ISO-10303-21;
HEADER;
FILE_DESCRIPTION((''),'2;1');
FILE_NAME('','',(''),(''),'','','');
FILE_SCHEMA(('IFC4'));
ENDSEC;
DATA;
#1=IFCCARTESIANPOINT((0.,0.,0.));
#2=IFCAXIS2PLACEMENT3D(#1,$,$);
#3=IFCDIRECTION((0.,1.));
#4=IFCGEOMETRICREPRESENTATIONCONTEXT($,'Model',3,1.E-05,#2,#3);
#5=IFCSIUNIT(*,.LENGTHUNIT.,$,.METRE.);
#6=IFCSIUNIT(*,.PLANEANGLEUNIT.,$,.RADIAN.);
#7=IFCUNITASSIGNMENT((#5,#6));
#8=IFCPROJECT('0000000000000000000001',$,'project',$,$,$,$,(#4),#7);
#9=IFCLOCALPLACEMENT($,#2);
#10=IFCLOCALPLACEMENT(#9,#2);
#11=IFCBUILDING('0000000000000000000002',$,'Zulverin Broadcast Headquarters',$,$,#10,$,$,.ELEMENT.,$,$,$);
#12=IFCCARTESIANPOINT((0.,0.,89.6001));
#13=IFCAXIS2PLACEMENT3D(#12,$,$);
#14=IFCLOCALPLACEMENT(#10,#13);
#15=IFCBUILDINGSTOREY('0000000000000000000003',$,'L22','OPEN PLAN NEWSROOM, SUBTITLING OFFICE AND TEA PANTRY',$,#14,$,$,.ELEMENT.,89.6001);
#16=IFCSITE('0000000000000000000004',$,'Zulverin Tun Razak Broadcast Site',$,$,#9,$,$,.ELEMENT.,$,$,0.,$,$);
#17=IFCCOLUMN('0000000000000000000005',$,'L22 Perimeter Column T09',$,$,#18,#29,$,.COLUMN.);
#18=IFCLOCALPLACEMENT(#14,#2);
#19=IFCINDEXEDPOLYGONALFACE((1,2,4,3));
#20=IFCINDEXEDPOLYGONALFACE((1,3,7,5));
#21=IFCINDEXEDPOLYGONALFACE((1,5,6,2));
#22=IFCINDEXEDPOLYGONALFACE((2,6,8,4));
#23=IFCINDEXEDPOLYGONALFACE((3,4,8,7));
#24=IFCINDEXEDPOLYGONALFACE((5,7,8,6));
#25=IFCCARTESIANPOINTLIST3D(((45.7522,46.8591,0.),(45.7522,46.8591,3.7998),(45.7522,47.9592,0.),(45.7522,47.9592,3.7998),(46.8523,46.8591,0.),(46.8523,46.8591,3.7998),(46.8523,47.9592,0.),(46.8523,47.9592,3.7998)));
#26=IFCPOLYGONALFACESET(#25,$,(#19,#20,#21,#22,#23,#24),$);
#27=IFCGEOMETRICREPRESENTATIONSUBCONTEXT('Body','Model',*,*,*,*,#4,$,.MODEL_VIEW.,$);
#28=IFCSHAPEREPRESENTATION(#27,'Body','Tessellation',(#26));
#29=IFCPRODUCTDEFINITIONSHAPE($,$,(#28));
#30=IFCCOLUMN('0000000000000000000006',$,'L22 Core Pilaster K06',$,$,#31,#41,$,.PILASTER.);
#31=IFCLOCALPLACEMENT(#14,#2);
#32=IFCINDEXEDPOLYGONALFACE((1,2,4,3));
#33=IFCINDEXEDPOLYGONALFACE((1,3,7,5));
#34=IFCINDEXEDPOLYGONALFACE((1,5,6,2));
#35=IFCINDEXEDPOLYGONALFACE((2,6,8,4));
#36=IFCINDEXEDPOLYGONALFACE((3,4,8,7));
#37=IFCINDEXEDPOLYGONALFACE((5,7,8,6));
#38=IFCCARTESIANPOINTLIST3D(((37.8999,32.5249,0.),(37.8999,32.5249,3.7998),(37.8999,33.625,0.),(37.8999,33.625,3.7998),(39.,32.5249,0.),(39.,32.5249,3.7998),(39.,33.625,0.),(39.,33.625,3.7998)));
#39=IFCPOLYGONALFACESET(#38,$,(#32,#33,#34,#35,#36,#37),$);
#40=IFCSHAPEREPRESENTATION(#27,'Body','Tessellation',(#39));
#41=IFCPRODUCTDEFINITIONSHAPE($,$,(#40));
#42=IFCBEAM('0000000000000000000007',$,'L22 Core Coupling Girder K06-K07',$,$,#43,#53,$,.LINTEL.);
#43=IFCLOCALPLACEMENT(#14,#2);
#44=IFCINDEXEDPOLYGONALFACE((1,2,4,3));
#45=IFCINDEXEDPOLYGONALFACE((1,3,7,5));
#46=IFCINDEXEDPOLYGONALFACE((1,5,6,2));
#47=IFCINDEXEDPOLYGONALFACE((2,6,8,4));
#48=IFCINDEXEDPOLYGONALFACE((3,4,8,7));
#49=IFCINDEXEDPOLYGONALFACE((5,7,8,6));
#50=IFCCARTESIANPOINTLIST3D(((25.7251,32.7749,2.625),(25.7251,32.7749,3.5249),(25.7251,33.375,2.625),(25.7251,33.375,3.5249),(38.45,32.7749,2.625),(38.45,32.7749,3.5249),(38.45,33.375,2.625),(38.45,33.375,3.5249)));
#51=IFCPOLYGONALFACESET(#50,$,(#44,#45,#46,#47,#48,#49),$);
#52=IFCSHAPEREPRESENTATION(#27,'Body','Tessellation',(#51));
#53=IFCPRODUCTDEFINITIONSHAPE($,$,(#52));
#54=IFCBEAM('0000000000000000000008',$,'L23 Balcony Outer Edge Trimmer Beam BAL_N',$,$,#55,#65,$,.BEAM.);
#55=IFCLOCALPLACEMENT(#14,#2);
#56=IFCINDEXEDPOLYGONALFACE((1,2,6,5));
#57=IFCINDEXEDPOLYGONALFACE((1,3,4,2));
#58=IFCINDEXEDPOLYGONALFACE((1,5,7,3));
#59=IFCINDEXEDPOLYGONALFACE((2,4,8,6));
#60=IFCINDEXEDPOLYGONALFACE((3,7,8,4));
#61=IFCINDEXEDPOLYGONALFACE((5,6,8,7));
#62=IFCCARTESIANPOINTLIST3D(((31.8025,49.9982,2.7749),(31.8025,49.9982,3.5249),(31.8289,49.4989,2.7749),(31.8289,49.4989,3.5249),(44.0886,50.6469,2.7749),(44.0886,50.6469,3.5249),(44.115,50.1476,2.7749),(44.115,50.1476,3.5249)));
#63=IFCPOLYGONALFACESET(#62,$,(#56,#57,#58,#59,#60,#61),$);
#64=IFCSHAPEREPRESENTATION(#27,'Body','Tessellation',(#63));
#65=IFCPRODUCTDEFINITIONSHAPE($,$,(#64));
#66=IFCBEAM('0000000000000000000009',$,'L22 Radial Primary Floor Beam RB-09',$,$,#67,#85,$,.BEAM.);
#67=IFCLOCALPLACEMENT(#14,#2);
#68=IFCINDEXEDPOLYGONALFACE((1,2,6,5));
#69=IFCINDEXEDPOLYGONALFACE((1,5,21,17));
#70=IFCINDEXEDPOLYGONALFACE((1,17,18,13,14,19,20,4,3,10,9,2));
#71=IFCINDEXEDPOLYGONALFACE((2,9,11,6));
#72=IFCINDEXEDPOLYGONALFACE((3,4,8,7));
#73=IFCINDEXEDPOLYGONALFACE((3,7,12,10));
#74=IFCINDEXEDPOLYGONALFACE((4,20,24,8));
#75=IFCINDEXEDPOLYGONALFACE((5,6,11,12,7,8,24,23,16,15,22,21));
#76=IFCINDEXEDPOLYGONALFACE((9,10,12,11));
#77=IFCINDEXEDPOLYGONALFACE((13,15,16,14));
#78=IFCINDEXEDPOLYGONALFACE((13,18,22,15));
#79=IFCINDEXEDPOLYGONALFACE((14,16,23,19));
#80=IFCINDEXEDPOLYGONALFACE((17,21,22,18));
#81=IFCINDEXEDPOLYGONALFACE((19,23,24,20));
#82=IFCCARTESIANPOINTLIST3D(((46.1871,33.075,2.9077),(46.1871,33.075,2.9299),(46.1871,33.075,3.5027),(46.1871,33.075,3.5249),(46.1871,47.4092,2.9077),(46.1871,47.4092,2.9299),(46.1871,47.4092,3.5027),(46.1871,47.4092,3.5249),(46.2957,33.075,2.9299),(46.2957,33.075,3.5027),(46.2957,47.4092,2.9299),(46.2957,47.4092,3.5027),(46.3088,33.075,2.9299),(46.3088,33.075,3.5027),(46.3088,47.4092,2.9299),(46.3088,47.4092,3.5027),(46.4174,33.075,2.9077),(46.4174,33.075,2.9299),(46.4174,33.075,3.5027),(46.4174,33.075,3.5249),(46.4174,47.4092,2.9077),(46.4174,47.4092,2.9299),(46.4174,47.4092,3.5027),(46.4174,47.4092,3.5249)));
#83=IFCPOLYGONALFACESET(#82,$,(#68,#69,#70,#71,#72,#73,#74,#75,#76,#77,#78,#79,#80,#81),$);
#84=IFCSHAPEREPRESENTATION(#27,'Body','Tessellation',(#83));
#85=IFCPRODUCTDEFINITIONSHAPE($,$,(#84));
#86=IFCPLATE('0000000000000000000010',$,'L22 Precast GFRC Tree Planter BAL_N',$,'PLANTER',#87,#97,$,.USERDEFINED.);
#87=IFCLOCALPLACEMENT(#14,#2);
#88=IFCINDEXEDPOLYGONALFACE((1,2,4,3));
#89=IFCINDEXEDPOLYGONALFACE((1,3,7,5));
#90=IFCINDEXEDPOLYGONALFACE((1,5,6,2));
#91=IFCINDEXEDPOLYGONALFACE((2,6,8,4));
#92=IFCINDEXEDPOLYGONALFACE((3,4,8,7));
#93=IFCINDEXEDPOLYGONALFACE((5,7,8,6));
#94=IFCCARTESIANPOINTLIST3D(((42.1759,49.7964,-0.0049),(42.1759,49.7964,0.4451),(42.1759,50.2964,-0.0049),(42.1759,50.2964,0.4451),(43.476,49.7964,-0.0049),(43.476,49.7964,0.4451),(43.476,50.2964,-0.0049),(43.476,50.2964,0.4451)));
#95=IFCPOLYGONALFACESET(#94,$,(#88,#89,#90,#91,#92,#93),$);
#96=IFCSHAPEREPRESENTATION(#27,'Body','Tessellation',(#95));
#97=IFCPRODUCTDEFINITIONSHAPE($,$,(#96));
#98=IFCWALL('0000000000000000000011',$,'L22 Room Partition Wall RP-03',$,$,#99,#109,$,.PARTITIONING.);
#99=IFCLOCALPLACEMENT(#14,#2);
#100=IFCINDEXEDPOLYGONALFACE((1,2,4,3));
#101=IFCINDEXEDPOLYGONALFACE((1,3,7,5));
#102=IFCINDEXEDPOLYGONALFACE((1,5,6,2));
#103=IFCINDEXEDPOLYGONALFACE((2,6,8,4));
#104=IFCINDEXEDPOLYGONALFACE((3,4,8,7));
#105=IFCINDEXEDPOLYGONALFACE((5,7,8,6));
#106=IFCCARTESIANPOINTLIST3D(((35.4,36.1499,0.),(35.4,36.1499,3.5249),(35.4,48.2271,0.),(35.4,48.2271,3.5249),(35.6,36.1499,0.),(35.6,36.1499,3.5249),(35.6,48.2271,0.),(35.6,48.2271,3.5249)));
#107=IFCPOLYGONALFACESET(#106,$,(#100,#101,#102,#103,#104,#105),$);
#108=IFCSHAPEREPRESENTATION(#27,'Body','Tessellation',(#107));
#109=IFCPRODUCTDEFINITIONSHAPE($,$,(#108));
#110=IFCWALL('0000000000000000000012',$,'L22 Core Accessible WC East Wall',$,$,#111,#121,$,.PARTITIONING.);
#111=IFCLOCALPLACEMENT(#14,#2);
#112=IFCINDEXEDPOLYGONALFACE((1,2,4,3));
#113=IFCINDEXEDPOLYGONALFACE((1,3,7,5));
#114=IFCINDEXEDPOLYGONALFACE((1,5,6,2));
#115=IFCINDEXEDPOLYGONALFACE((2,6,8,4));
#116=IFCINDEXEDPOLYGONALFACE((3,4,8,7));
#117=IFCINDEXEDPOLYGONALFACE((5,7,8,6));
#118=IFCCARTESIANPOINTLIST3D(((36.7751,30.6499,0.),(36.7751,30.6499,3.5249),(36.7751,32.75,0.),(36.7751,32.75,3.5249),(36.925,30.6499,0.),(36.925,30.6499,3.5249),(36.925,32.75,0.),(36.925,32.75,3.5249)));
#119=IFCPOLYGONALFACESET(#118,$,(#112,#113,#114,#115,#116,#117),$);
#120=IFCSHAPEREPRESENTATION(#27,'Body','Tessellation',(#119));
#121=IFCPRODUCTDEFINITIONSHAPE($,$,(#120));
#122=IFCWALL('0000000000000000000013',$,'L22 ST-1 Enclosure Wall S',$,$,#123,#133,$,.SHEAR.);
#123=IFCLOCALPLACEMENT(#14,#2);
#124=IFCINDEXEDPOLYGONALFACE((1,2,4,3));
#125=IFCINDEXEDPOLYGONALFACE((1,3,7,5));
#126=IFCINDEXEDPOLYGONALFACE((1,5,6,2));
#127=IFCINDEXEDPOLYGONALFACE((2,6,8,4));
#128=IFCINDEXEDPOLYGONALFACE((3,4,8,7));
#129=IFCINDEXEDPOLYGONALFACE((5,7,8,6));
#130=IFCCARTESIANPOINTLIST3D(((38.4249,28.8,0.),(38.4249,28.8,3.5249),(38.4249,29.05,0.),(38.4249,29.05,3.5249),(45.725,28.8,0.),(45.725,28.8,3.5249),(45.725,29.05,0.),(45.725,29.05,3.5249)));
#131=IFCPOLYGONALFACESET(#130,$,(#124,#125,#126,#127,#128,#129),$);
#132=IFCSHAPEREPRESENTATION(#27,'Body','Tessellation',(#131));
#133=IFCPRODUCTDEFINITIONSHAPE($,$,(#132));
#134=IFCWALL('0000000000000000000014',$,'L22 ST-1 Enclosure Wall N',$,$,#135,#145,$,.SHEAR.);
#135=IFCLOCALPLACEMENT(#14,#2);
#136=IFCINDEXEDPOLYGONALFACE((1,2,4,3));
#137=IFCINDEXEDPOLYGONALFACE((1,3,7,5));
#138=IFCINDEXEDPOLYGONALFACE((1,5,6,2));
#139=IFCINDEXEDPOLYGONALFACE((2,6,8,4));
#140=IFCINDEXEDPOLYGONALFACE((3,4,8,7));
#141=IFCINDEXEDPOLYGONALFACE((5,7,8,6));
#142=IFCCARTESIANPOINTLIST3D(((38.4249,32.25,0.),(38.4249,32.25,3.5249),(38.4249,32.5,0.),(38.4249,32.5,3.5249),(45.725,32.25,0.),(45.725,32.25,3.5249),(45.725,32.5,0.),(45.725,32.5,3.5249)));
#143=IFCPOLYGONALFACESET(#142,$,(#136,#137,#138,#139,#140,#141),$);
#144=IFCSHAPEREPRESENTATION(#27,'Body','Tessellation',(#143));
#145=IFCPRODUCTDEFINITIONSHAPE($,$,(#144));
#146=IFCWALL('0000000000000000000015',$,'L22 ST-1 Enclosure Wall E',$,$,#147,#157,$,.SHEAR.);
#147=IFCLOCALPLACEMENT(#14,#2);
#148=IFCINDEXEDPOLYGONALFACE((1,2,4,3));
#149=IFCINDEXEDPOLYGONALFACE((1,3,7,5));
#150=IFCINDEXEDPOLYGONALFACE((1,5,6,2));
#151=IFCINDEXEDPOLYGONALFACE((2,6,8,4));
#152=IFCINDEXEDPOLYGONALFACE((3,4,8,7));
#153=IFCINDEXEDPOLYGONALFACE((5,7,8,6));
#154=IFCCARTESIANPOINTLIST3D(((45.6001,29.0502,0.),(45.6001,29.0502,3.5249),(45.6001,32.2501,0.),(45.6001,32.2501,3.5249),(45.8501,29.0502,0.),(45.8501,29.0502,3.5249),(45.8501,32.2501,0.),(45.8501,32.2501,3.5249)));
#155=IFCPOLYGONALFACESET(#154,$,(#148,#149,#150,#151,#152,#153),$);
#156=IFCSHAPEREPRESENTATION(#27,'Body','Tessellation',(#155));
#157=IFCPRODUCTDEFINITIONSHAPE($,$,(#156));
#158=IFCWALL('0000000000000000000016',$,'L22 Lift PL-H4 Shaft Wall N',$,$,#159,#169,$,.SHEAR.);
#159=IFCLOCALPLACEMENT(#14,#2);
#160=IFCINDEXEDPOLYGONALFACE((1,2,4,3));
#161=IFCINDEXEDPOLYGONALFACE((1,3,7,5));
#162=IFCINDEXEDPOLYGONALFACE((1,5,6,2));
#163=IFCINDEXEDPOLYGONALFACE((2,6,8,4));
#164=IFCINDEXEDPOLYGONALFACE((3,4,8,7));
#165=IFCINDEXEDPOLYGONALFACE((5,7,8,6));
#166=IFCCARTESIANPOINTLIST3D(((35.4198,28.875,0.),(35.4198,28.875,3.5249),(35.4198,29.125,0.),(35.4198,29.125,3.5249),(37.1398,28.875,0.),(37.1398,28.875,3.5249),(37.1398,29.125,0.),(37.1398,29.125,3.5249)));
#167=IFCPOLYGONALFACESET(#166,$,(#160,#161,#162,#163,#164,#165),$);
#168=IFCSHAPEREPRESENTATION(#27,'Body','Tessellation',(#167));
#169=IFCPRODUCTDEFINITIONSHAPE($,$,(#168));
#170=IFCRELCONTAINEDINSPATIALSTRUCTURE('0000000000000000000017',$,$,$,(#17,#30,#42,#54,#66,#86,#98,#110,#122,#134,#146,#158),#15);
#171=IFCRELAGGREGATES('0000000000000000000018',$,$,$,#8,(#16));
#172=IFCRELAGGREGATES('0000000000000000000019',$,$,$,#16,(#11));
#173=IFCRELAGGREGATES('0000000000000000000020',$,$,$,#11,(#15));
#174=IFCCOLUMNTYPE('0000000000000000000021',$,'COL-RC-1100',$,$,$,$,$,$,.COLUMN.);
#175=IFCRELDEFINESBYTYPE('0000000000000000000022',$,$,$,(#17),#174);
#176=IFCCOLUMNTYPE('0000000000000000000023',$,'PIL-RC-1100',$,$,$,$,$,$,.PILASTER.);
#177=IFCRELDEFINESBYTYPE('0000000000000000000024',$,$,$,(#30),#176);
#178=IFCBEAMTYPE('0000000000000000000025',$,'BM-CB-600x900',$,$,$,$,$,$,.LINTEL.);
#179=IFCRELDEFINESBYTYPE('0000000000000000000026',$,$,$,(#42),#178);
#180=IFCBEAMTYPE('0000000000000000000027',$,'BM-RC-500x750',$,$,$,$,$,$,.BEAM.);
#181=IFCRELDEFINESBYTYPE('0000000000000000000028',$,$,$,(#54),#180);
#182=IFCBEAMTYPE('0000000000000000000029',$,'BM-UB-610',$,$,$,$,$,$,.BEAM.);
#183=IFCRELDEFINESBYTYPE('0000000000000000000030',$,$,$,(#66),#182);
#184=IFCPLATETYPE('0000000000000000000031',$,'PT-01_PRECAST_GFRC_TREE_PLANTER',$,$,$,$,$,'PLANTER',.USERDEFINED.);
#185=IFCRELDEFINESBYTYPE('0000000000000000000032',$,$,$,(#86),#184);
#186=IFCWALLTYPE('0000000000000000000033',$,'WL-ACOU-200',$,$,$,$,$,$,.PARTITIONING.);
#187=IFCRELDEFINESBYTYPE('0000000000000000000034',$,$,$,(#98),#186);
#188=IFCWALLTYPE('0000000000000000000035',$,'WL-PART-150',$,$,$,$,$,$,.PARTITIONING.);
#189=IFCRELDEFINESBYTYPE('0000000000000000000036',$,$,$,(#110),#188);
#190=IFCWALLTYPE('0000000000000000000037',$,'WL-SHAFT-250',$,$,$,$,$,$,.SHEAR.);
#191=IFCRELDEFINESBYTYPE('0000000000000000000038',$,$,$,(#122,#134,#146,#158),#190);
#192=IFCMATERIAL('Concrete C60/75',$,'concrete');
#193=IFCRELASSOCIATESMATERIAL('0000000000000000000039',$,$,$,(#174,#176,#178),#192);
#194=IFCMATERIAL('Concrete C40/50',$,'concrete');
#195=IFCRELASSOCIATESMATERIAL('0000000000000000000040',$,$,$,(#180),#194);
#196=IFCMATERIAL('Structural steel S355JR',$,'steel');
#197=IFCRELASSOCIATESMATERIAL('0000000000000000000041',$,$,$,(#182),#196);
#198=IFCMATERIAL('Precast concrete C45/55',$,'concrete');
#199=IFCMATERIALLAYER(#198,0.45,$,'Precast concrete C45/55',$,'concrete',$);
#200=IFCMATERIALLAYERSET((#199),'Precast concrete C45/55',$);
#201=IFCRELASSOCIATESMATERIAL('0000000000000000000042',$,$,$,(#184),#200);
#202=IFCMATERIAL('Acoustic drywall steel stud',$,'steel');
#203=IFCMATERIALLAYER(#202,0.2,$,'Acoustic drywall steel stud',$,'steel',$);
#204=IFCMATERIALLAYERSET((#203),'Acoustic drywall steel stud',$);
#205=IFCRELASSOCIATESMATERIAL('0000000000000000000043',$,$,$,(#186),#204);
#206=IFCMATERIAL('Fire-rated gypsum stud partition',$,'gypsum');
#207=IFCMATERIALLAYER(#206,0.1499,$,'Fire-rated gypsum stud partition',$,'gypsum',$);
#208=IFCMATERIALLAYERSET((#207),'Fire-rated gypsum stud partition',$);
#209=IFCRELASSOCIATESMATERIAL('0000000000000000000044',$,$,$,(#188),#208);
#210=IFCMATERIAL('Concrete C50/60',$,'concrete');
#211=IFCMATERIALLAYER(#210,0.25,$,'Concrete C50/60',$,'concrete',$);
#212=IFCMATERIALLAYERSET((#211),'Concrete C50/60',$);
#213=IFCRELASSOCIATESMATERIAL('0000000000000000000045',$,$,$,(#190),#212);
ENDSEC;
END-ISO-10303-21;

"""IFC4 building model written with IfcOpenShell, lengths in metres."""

from ifc_helpers import new_model, si_unit, direction, frame, frame_2d, origin, origin_2d, place, context, subcontext, project, spatial, rectangle, i_section, extrude, material, layer, layer_set, material_profile, profile_set, type_object, element, save


model = new_model("IFC4")

# Units and contexts
model_context = context("Model", 3, precision=1e-05, world=origin(), true_north=direction((0.0, 1.0)))
body_context = subcontext(model_context, "Body", "Model", "MODEL_VIEW")
ifc_project = project(units=[si_unit("LENGTHUNIT", "METRE"), si_unit("PLANEANGLEUNIT", "RADIAN")], contexts=[model_context])

# Site, building, storey
site_placement = place(None, origin())
site = spatial("IfcSite", under=ifc_project, at=site_placement, Name="Zulverin Tun Razak Broadcast Site", CompositionType="ELEMENT", RefElevation=0.0)
building_placement = place(site_placement, origin())
building = spatial("IfcBuilding", under=site, at=building_placement, Name="Zulverin Broadcast Headquarters", CompositionType="ELEMENT")
storey_placement = place(building_placement, frame((0.0, 0.0, 89.6001)))
storey = spatial("IfcBuildingStorey", under=building, at=storey_placement, Name="L22", Description="OPEN PLAN NEWSROOM, SUBTITLING OFFICE AND TEA PANTRY", CompositionType="ELEMENT", Elevation=89.6001)

# Columns
ifc_material_1 = material(Name="Concrete C60/75", Category="concrete")
ifc_material_profile_1 = material_profile(ifc_material_1, rectangle(XDim=1.1001, YDim=1.1001, at=origin_2d()), Name="Concrete C60/75", Category="concrete")
ifc_profile_set_1 = profile_set([ifc_material_profile_1], Name="Concrete C60/75")
column_type_1 = type_object("IfcColumnType", Name="COL-RC-1100", PredefinedType="COLUMN", material=ifc_profile_set_1)
column_1_placement = place(storey_placement, frame((46.3022, 47.4092, 0.0), z_axis=(0.0, 0.0, 1.0), x_axis=(1.0, 0.0, 0.0)))
element("IfcColumn", 1, at=column_1_placement, inside=storey, type_object=column_type_1, Name="L22 Perimeter Column T09", PredefinedType="COLUMN", context=body_context, shape_type="SweptSolid", body=[
    extrude(rectangle(XDim=1.1001, YDim=1.1001, at=origin_2d()), origin(), (0.0, 0.0, 1.0), 3.7998),
])
ifc_material_profile_2 = material_profile(ifc_material_1, rectangle(XDim=1.1001, YDim=1.1001, at=origin_2d()), Name="Concrete C60/75", Category="concrete")
ifc_profile_set_2 = profile_set([ifc_material_profile_2], Name="Concrete C60/75")
column_type_2 = type_object("IfcColumnType", Name="PIL-RC-1100", PredefinedType="PILASTER", material=ifc_profile_set_2)
column_2_placement = place(storey_placement, frame((38.45, 33.075, 0.0), z_axis=(0.0, 0.0, 1.0), x_axis=(1.0, 0.0, 0.0)))
element("IfcColumn", 2, at=column_2_placement, inside=storey, type_object=column_type_2, Name="L22 Core Pilaster K06", PredefinedType="PILASTER", context=body_context, shape_type="SweptSolid", body=[
    extrude(rectangle(XDim=1.1001, YDim=1.1001, at=origin_2d()), origin(), (0.0, 0.0, 1.0), 3.7998),
])

# Beams
ifc_material_profile_3 = material_profile(ifc_material_1, rectangle(XDim=0.6001, YDim=0.8999, at=origin_2d()), Name="Concrete C60/75", Category="concrete")
ifc_profile_set_3 = profile_set([ifc_material_profile_3], Name="Concrete C60/75")
beam_type_1 = type_object("IfcBeamType", Name="BM-CB-600x900", PredefinedType="LINTEL", material=ifc_profile_set_3)
beam_1_placement = place(storey_placement, frame((38.45, 33.075, 3.075), z_axis=(-1.0, 0.0, 0.0), x_axis=(0.0, -1.0, 0.0)))
element("IfcBeam", 3, at=beam_1_placement, inside=storey, type_object=beam_type_1, Name="L22 Core Coupling Girder K06-K07", PredefinedType="LINTEL", context=body_context, shape_type="SweptSolid", body=[
    extrude(rectangle(XDim=0.6001, YDim=0.8999, at=origin_2d()), origin(), (0.0, 0.0, 1.0), 12.7249),
])
ifc_material_2 = material(Name="Concrete C40/50", Category="concrete")
ifc_material_profile_4 = material_profile(ifc_material_2, rectangle(XDim=0.5, YDim=0.75, at=origin_2d()), Name="Concrete C40/50", Category="concrete")
ifc_profile_set_4 = profile_set([ifc_material_profile_4], Name="Concrete C40/50")
beam_type_2 = type_object("IfcBeamType", Name="BM-RC-500x750", PredefinedType="BEAM", material=ifc_profile_set_4)
beam_2_placement = place(storey_placement, frame((44.1018, 50.3972, 3.1499), z_axis=(-0.998609, -0.052724, 0.0), x_axis=(0.052724, -0.998609, 0.0)))
element("IfcBeam", 4, at=beam_2_placement, inside=storey, type_object=beam_type_2, Name="L23 Balcony Outer Edge Trimmer Beam BAL_N", PredefinedType="BEAM", context=body_context, shape_type="SweptSolid", body=[
    extrude(rectangle(XDim=0.5, YDim=0.75, at=origin_2d()), origin(), (0.0, 0.0, 1.0), 12.3032),
])
ifc_material_3 = material(Name="Structural steel S355JR", Category="steel")
ifc_material_profile_5 = material_profile(ifc_material_3, i_section(OverallWidth=0.2302, OverallDepth=0.6172, WebThickness=0.0132, FlangeThickness=0.0222, at=origin_2d()), Name="Structural steel S355JR", Category="steel")
ifc_profile_set_5 = profile_set([ifc_material_profile_5], Name="Structural steel S355JR")
beam_type_3 = type_object("IfcBeamType", Name="BM-UB-610", PredefinedType="BEAM", material=ifc_profile_set_5)
beam_3_placement = place(storey_placement, frame((46.3022, 33.075, 3.2163), z_axis=(0.0, 1.0, 0.0), x_axis=(-1.0, 0.0, 0.0)))
element("IfcBeam", 5, at=beam_3_placement, inside=storey, type_object=beam_type_3, Name="L22 Radial Primary Floor Beam RB-09", PredefinedType="BEAM", context=body_context, shape_type="SweptSolid", body=[
    extrude(i_section(OverallWidth=0.2302, OverallDepth=0.6172, WebThickness=0.0132, FlangeThickness=0.0222, at=origin_2d()), origin(), (0.0, 0.0, 1.0), 14.3342),
])

# Plate
ifc_material_4 = material(Name="Precast concrete C45/55", Category="concrete")
ifc_layer_1 = layer(ifc_material_4, 0.45, Name="Precast concrete C45/55", Category="concrete")
ifc_layer_set_1 = layer_set([ifc_layer_1], Name="Precast concrete C45/55")
plate_type = type_object("IfcPlateType", Name="PT-01_PRECAST_GFRC_TREE_PLANTER", ElementType="PLANTER", PredefinedType="USERDEFINED", material=ifc_layer_set_1)
plate_placement = place(storey_placement, frame((42.8259, 50.0464, -0.0049), z_axis=(0.0, 0.0, 1.0), x_axis=(1.0, 0.0, 0.0)))
element("IfcPlate", 6, at=plate_placement, inside=storey, type_object=plate_type, Name="L22 Precast GFRC Tree Planter BAL_N", ObjectType="PLANTER", PredefinedType="USERDEFINED", context=body_context, shape_type="SweptSolid", body=[
    extrude(rectangle(XDim=1.3, YDim=0.5, at=origin_2d()), origin(), (0.0, 0.0, 1.0), 0.45),
])

# Walls
ifc_material_5 = material(Name="Acoustic drywall steel stud", Category="steel")
ifc_layer_2 = layer(ifc_material_5, 0.2, Name="Acoustic drywall steel stud", Category="steel")
ifc_layer_set_2 = layer_set([ifc_layer_2], Name="Acoustic drywall steel stud")
wall_type_1 = type_object("IfcWallType", Name="WL-ACOU-200", PredefinedType="PARTITIONING", material=ifc_layer_set_2)
wall_1_placement = place(storey_placement, frame((35.5, 36.1499, 0.0), z_axis=(0.0, 0.0, 1.0), x_axis=(0.0, 1.0, 0.0)))
element("IfcWall", 7, at=wall_1_placement, inside=storey, type_object=wall_type_1, Name="L22 Room Partition Wall RP-03", PredefinedType="PARTITIONING", context=body_context, shape_type="SweptSolid", body=[
    extrude(rectangle(XDim=12.0771, YDim=0.2, at=frame_2d((6.0386, 0.0))), origin(), (0.0, 0.0, 1.0), 3.5249),
])
ifc_material_6 = material(Name="Fire-rated gypsum stud partition", Category="gypsum")
ifc_layer_3 = layer(ifc_material_6, 0.1499, Name="Fire-rated gypsum stud partition", Category="gypsum")
ifc_layer_set_3 = layer_set([ifc_layer_3], Name="Fire-rated gypsum stud partition")
wall_type_2 = type_object("IfcWallType", Name="WL-PART-150", PredefinedType="PARTITIONING", material=ifc_layer_set_3)
wall_2_placement = place(storey_placement, frame((36.8501, 30.6499, 0.0), z_axis=(0.0, 0.0, 1.0), x_axis=(0.0, 1.0, 0.0)))
element("IfcWall", 8, at=wall_2_placement, inside=storey, type_object=wall_type_2, Name="L22 Core Accessible WC East Wall", PredefinedType="PARTITIONING", context=body_context, shape_type="SweptSolid", body=[
    extrude(rectangle(XDim=2.1001, YDim=0.1499, at=frame_2d((1.05, 0.0))), origin(), (0.0, 0.0, 1.0), 3.5249),
])
ifc_material_7 = material(Name="Concrete C50/60", Category="concrete")
ifc_layer_4 = layer(ifc_material_7, 0.25, Name="Concrete C50/60", Category="concrete")
ifc_layer_set_4 = layer_set([ifc_layer_4], Name="Concrete C50/60")
wall_type_3 = type_object("IfcWallType", Name="WL-SHAFT-250", PredefinedType="SHEAR", material=ifc_layer_set_4)
for number, where, z_axis, x_axis, name in (
    (9, (38.425, 28.925, 0.0), (0.0, 0.0, 1.0), (1.0, 0.0, 0.0), "L22 ST-1 Enclosure Wall S"),
    (10, (38.425, 32.375, 0.0), (0.0, 0.0, 1.0), (1.0, 0.0, 0.0), "L22 ST-1 Enclosure Wall N"),
):
    element("IfcWall", number, at=place(storey_placement, frame(where, z_axis=z_axis, x_axis=x_axis)), inside=storey, type_object=wall_type_3, Name=name, PredefinedType="SHEAR", context=body_context, shape_type="SweptSolid", body=[
        extrude(rectangle(XDim=7.3, YDim=0.25, at=frame_2d((3.6499, 0.0))), origin(), (0.0, 0.0, 1.0), 3.5249),
    ])

# Walls
wall_3_placement = place(storey_placement, frame((45.7251, 29.05, 0.0), z_axis=(0.0, 0.0, 1.0), x_axis=(0.0, 1.0, 0.0)))
element("IfcWall", 11, at=wall_3_placement, inside=storey, type_object=wall_type_3, Name="L22 ST-1 Enclosure Wall E", PredefinedType="SHEAR", context=body_context, shape_type="SweptSolid", body=[
    extrude(rectangle(XDim=3.2, YDim=0.25, at=frame_2d((1.6001, 0.0))), origin(), (0.0, 0.0, 1.0), 3.5249),
])
wall_4_placement = place(storey_placement, frame((35.4199, 29.0, 0.0), z_axis=(0.0, 0.0, 1.0), x_axis=(1.0, 0.0, 0.0)))
element("IfcWall", 12, at=wall_4_placement, inside=storey, type_object=wall_type_3, Name="L22 Lift PL-H4 Shaft Wall N", PredefinedType="SHEAR", context=body_context, shape_type="SweptSolid", body=[
    extrude(rectangle(XDim=1.72, YDim=0.25, at=frame_2d((0.8599, 0.0))), origin(), (0.0, 0.0, 1.0), 3.5249),
])

save(model, "model.ifc")
